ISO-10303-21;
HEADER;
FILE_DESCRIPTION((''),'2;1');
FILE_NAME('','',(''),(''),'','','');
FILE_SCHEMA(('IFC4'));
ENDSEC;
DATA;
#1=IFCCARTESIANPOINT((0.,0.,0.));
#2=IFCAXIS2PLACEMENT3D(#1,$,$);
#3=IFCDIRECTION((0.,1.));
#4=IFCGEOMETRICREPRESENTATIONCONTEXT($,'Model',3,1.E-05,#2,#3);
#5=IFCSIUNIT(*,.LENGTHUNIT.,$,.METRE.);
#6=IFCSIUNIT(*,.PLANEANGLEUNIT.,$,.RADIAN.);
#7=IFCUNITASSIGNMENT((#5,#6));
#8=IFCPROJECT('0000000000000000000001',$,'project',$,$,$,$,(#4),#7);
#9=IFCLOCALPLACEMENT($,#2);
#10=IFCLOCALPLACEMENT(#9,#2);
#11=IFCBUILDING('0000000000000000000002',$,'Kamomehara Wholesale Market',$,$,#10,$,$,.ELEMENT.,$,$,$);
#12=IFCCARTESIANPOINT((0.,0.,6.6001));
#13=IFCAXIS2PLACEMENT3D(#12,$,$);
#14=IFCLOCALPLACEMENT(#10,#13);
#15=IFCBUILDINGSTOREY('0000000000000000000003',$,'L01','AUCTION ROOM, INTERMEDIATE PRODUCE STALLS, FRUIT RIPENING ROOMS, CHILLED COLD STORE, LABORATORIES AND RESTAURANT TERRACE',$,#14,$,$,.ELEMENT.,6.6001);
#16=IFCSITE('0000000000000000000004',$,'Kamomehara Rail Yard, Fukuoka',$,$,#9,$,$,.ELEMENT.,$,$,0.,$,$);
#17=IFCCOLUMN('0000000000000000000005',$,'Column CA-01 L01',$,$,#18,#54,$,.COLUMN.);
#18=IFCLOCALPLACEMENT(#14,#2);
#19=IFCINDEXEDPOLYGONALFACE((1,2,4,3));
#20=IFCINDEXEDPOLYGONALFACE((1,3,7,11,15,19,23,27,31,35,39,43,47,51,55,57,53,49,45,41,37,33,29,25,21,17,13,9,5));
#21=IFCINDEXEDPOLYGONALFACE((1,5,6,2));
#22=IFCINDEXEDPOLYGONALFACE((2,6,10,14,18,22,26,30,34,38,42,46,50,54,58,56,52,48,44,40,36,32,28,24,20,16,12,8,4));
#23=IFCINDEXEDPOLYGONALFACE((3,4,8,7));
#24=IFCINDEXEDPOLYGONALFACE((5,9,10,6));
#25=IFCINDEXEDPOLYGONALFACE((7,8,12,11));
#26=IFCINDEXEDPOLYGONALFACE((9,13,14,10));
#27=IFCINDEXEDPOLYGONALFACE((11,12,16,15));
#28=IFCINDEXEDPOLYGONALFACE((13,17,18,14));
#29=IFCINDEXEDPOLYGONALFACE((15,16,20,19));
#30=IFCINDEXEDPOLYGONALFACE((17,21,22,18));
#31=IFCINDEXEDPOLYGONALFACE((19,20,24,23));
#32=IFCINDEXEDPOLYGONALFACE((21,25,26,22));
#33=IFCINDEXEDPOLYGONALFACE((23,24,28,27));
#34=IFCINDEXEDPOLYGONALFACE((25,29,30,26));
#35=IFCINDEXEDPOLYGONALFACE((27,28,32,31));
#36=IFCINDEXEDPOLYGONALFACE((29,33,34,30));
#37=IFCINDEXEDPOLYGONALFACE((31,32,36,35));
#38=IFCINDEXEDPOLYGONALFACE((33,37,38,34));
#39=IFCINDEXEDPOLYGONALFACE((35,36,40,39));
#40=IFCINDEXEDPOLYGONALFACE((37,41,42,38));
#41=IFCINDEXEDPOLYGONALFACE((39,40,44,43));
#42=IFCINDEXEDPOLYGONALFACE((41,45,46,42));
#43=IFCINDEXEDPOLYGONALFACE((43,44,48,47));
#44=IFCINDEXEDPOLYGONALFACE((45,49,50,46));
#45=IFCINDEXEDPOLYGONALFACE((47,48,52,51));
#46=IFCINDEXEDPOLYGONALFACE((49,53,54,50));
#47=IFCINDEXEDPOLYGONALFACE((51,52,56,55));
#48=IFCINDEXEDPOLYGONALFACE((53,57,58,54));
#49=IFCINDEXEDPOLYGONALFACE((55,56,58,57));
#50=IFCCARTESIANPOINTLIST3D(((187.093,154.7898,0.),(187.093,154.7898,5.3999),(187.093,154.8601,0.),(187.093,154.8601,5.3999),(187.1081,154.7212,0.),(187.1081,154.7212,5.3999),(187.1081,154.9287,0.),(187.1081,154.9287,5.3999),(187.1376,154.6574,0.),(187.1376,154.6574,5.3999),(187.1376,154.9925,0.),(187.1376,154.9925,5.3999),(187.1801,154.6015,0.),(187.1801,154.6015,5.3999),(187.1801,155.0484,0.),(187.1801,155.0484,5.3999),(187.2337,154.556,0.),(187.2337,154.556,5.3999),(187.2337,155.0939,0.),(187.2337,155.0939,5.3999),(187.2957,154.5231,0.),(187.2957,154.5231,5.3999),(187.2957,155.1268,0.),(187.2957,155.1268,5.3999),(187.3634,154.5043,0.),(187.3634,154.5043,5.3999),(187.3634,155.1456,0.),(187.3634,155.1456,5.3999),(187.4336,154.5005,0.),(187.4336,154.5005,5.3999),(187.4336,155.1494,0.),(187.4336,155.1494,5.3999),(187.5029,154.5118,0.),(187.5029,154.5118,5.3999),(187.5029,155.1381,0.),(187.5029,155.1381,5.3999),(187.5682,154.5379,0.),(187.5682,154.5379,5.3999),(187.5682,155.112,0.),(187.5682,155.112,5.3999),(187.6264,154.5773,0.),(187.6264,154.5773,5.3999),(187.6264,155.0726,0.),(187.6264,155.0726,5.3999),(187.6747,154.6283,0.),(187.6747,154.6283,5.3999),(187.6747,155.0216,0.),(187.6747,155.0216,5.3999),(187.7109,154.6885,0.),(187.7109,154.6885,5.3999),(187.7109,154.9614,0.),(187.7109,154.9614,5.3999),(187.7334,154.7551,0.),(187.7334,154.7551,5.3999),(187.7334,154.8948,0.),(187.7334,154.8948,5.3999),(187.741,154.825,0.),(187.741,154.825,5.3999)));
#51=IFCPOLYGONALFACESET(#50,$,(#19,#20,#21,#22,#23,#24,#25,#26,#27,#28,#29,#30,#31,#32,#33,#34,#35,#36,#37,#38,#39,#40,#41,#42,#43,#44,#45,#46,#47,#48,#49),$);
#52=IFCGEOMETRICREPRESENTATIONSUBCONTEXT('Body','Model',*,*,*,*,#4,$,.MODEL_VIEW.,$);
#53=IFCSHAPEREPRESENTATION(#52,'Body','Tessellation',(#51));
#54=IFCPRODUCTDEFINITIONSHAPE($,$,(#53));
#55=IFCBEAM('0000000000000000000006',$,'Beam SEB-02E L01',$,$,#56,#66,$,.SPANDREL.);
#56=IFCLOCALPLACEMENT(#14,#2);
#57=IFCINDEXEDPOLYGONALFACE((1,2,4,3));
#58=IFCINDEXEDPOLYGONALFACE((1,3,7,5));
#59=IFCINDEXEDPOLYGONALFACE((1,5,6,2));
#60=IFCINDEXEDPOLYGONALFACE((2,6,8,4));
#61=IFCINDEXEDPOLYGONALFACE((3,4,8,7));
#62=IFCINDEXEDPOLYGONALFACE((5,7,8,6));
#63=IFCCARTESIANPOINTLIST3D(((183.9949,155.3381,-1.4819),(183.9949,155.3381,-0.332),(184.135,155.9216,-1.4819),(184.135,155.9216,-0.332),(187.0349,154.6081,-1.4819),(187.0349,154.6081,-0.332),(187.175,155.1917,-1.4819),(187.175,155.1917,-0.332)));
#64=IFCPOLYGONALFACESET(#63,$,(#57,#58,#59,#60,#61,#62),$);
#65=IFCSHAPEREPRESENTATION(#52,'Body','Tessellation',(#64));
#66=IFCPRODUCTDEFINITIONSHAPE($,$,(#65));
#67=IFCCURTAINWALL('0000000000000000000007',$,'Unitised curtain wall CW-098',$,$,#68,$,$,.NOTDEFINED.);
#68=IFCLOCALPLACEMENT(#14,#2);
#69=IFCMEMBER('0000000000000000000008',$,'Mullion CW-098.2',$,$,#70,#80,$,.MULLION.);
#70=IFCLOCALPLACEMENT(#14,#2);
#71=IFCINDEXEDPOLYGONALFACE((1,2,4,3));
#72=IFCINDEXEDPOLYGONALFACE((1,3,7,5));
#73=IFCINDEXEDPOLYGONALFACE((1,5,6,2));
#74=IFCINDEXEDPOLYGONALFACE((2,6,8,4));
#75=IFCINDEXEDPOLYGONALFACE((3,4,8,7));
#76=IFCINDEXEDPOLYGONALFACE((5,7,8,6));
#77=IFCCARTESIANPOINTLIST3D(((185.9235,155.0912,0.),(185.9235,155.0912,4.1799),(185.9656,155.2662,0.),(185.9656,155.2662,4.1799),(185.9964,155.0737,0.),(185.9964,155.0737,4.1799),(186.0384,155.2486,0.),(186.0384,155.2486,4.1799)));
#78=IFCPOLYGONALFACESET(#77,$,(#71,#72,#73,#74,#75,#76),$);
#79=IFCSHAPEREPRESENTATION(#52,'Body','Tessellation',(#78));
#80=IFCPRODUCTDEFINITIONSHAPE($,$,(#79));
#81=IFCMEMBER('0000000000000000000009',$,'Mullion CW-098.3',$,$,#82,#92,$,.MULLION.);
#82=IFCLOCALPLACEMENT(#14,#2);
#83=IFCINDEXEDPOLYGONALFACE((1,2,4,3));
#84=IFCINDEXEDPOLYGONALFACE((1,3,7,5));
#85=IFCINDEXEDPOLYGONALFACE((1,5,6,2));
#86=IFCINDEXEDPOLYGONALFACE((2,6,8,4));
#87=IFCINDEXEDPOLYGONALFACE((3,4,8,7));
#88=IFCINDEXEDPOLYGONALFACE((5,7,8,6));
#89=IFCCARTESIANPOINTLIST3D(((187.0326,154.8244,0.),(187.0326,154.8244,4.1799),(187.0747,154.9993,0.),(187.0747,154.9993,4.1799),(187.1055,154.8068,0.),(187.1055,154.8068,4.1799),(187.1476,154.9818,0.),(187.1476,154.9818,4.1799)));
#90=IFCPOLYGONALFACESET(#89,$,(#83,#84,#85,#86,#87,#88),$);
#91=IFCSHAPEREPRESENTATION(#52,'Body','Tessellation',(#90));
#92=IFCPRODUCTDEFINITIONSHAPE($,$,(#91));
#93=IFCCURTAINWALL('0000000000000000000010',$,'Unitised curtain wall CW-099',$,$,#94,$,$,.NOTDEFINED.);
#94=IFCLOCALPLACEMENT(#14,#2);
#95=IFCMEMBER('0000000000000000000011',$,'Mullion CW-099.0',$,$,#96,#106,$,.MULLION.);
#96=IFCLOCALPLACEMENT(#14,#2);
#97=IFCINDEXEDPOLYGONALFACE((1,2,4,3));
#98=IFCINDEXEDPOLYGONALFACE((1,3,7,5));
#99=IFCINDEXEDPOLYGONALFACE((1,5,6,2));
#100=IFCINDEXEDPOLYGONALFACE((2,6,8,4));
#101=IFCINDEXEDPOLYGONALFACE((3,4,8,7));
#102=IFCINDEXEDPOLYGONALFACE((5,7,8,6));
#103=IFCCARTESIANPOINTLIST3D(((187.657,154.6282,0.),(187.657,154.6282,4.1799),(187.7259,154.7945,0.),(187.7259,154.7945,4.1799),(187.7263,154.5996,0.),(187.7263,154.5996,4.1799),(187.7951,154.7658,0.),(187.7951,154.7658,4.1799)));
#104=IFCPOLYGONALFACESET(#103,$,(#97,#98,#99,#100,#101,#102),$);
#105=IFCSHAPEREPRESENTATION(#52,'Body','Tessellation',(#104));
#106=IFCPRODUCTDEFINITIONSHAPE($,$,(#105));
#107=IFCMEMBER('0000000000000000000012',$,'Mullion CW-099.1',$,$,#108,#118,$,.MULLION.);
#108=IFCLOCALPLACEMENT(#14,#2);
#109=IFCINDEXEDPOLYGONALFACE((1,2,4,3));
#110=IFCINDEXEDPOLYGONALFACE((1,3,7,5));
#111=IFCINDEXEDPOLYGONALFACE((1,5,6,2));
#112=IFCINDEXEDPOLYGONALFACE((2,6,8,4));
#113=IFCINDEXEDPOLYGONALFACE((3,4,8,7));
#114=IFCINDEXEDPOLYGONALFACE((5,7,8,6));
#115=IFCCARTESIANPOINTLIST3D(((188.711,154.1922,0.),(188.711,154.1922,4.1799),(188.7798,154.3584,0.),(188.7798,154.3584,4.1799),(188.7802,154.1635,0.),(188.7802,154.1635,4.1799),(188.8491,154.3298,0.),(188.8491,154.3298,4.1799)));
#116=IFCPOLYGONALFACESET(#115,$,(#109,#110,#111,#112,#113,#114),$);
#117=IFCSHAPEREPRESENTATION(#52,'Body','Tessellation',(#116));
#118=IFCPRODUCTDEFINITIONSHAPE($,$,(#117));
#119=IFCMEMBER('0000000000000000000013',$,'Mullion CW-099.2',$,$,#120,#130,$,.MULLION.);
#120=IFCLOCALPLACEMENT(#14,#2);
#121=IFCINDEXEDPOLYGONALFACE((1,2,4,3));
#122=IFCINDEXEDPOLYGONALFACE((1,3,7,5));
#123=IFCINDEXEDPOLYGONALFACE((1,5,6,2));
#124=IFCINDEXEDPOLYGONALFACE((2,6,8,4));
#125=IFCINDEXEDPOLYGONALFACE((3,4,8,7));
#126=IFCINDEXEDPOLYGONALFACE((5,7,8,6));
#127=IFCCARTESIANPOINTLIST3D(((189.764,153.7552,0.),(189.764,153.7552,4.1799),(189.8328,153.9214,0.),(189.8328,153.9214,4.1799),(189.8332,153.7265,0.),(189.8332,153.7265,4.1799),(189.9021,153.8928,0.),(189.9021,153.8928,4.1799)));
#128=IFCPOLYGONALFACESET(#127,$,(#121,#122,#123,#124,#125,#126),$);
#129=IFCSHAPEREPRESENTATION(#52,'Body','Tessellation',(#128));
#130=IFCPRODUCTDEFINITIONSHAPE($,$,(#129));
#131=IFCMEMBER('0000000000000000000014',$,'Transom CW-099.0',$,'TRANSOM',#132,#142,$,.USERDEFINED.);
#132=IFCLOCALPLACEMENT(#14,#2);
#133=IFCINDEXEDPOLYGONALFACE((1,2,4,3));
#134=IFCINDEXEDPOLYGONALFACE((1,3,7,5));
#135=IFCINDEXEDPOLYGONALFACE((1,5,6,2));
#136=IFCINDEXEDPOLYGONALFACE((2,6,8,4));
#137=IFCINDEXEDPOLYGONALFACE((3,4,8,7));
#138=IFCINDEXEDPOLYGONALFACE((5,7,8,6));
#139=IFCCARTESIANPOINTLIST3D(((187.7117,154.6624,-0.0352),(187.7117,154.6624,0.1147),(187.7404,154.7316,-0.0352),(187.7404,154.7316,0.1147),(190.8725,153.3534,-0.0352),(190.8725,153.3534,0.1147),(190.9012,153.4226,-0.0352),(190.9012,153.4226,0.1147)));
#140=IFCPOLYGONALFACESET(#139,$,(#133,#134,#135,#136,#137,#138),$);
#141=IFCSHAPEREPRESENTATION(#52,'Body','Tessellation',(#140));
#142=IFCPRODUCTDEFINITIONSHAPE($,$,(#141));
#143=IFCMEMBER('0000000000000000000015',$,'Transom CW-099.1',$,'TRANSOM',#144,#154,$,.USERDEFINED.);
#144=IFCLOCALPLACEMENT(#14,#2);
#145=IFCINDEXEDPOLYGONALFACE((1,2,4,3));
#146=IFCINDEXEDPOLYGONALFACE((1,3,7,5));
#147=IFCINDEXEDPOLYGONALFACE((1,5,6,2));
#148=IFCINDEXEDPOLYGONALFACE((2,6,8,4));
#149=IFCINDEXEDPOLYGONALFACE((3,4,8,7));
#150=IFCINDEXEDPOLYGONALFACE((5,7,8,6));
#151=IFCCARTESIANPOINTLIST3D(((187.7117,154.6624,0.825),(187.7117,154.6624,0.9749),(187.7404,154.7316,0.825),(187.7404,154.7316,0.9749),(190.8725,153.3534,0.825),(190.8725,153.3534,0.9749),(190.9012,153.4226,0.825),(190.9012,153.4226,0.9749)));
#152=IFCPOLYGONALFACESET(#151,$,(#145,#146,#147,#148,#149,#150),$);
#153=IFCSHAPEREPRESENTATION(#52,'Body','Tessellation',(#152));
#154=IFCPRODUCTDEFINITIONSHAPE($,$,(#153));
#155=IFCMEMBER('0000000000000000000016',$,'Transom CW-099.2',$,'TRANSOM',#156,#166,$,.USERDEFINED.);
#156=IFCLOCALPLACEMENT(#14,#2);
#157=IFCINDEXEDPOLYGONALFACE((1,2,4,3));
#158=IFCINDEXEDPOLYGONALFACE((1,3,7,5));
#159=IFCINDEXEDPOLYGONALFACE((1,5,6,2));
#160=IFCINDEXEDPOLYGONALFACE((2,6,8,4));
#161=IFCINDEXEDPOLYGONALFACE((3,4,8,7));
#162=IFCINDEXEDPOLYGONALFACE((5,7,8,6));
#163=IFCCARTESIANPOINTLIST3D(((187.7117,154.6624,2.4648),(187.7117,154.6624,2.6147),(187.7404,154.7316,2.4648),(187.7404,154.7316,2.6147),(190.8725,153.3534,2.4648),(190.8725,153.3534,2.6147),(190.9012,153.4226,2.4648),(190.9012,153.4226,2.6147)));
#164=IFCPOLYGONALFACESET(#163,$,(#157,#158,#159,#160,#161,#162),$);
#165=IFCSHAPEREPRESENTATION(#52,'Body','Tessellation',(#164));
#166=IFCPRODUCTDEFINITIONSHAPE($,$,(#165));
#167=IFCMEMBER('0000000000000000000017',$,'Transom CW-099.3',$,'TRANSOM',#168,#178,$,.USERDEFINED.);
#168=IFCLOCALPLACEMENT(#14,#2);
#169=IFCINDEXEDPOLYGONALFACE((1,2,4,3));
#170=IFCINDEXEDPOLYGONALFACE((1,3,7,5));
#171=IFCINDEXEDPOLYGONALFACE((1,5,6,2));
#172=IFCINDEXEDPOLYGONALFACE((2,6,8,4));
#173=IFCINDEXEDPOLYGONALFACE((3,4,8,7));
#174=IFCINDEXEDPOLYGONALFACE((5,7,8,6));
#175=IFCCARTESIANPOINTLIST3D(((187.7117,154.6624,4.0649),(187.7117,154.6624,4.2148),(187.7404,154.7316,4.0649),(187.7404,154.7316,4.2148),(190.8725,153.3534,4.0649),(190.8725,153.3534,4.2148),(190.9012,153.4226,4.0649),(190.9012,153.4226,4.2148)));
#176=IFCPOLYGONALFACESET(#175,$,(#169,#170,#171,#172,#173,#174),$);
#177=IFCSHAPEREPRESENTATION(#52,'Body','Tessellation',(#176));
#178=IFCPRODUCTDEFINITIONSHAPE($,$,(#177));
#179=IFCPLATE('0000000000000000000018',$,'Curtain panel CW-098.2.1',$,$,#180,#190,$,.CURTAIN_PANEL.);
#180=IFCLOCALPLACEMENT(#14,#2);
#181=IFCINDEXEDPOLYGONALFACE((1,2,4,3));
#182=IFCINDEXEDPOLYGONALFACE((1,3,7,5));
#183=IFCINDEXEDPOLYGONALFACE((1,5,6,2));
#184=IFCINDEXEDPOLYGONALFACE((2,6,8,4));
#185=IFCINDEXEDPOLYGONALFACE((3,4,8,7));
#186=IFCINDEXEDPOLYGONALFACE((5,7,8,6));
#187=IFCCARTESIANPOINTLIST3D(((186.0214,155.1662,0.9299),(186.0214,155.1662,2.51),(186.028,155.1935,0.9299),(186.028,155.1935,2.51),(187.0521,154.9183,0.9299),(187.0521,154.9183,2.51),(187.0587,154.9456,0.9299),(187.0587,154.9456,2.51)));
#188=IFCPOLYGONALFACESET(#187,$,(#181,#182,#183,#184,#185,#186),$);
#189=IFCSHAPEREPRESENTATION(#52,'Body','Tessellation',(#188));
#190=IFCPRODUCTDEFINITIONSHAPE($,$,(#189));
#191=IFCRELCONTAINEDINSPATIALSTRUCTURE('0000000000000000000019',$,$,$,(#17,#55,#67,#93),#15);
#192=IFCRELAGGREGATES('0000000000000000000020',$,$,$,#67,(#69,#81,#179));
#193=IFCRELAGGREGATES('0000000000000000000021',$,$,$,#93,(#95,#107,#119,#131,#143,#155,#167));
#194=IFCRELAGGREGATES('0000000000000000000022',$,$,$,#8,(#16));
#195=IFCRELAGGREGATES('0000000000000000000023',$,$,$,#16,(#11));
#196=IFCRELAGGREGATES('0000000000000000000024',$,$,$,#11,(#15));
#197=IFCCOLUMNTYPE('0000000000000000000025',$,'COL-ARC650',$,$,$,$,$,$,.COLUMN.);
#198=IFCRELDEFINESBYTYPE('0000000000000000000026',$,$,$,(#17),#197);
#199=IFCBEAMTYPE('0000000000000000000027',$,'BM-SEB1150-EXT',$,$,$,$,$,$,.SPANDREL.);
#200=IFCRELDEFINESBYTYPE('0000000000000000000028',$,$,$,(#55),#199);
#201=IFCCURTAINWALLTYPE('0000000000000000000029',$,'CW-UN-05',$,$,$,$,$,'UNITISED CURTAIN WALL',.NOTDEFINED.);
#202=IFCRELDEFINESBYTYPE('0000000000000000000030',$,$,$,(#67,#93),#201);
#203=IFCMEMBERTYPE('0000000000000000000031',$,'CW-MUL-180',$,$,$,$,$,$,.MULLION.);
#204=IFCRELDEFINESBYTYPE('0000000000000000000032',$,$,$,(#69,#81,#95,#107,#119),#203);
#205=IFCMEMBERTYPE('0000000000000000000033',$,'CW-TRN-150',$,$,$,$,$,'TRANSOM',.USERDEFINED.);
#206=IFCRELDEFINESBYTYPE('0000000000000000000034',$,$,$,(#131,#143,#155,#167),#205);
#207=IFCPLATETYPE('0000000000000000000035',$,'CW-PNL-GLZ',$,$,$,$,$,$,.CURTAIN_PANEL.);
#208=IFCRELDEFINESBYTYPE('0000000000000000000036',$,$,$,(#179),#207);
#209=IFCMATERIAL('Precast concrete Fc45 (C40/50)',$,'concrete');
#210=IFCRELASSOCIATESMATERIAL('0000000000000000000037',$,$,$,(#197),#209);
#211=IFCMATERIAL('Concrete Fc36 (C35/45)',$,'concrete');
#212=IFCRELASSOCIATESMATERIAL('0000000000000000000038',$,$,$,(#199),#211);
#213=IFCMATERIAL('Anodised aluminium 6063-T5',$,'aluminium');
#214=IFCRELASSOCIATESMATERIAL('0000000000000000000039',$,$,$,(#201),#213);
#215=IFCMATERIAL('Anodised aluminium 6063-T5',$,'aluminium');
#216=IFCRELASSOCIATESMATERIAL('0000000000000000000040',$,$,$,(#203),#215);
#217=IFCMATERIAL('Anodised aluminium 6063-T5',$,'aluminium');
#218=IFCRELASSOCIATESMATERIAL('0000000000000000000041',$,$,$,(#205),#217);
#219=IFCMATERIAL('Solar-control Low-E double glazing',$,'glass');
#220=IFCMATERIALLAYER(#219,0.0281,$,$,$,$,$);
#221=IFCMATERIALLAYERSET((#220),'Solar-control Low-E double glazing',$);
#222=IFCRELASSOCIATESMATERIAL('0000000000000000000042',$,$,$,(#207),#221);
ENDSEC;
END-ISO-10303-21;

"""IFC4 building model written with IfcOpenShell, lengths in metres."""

from ifc_helpers import new_model, si_unit, direction, frame, origin, origin_2d, place, context, subcontext, project, spatial, rectangle, circle, extrude, material, layer, layer_set, material_profile, profile_set, type_object, element, aggregate, save


model = new_model("IFC4")

# Units and contexts
model_context = context("Model", 3, precision=1e-05, world=origin(), true_north=direction((0.0, 1.0)))
body_context = subcontext(model_context, "Body", "Model", "MODEL_VIEW")
ifc_project = project(units=[si_unit("LENGTHUNIT", "METRE"), si_unit("PLANEANGLEUNIT", "RADIAN")], contexts=[model_context])

# Site, building, storey
site_placement = place(None, origin())
site = spatial("IfcSite", under=ifc_project, at=site_placement, Name="Kamomehara Rail Yard, Fukuoka", CompositionType="ELEMENT", RefElevation=0.0)
building_placement = place(site_placement, origin())
building = spatial("IfcBuilding", under=site, at=building_placement, Name="Kamomehara Wholesale Market", CompositionType="ELEMENT")
storey_placement = place(building_placement, frame((0.0, 0.0, 6.6001)))
storey = spatial("IfcBuildingStorey", under=building, at=storey_placement, Name="L01", Description="AUCTION ROOM, INTERMEDIATE PRODUCE STALLS, FRUIT RIPENING ROOMS, CHILLED COLD STORE, LABORATORIES AND RESTAURANT TERRACE", CompositionType="ELEMENT", Elevation=6.6001)

# Column
ifc_material_1 = material(Name="Precast concrete Fc45 (C40/50)", Category="concrete")
ifc_material_profile_1 = material_profile(ifc_material_1, circle(Radius=0.325, at=origin_2d()), Name="PC-ARC-D650")
ifc_profile_set_1 = profile_set([ifc_material_profile_1], Name="Precast concrete Fc45 (C40/50)")
column_type = type_object("IfcColumnType", Name="COL-ARC650", PredefinedType="COLUMN", material=ifc_profile_set_1)
column_placement = place(storey_placement, frame((187.416, 154.825, 0.0), z_axis=(0.0, 0.0, 1.0), x_axis=(1.0, 0.0, 0.0)))
element("IfcColumn", 1, at=column_placement, inside=storey, type_object=column_type, Name="Column CA-01 L01", PredefinedType="COLUMN", context=body_context, shape_type="SweptSolid", body=[
    extrude(circle(Radius=0.325, at=origin_2d()), origin(), (0.0, 0.0, 1.0), 5.3999),
])

# Beam
ifc_material_2 = material(Name="Concrete Fc36 (C35/45)", Category="concrete")
ifc_material_profile_2 = material_profile(ifc_material_2, rectangle(XDim=0.6001, YDim=1.1499, at=origin_2d()), Name="RC-SEB-600x1150")
ifc_profile_set_2 = profile_set([ifc_material_profile_2], Name="Concrete Fc36 (C35/45)")
beam_type = type_object("IfcBeamType", Name="BM-SEB1150-EXT", PredefinedType="SPANDREL", material=ifc_profile_set_2)
beam_placement = place(storey_placement, frame((187.105, 154.8999, -0.907), z_axis=(-0.97236, 0.233485, 0.0), x_axis=(-0.233485, -0.97236, 0.0)))
element("IfcBeam", 2, at=beam_placement, inside=storey, type_object=beam_type, Name="Beam SEB-02E L01", PredefinedType="SPANDREL", context=body_context, shape_type="SweptSolid", body=[
    extrude(rectangle(XDim=0.6001, YDim=1.1499, at=origin_2d()), origin(), (0.0, 0.0, 1.0), 3.1265),
])

# Curtain walls, members
ifc_material_3 = material(Name="Anodised aluminium 6063-T5", Category="aluminium")
curtain_wall_type = type_object("IfcCurtainWallType", Name="CW-UN-05", ElementType="UNITISED CURTAIN WALL", PredefinedType="NOTDEFINED", material=ifc_material_3)
curtain_wall_1_placement = place(storey_placement, origin())
curtain_wall_1 = element("IfcCurtainWall", 3, at=curtain_wall_1_placement, inside=storey, type_object=curtain_wall_type, Name="Unitised curtain wall CW-098", PredefinedType="NOTDEFINED")
ifc_material_4 = material(Name="Anodised aluminium 6063-T5", Category="aluminium")
ifc_material_profile_3 = material_profile(ifc_material_4, rectangle(XDim=0.075, YDim=0.1799, at=origin_2d()), Name="ALU-MUL-75x180")
ifc_profile_set_3 = profile_set([ifc_material_profile_3], Name="Anodised aluminium 6063-T5")
member_type_1 = type_object("IfcMemberType", Name="CW-MUL-180", PredefinedType="MULLION", material=ifc_profile_set_3)
member_1_placement = place(storey_placement, frame((185.981, 155.1699, 0.0), z_axis=(0.0, 0.0, 1.0), x_axis=(0.97227, -0.233859, 0.0)))
member_1 = element("IfcMember", 4, at=member_1_placement, type_object=member_type_1, Name="Mullion CW-098.2", PredefinedType="MULLION", context=body_context, shape_type="SweptSolid", body=[
    extrude(rectangle(XDim=0.075, YDim=0.1799, at=origin_2d()), origin(), (0.0, 0.0, 1.0), 4.1799),
])
member_2_placement = place(storey_placement, frame((187.0901, 154.9031, 0.0), z_axis=(0.0, 0.0, 1.0), x_axis=(0.97227, -0.233859, 0.0)))
member_2 = element("IfcMember", 5, at=member_2_placement, type_object=member_type_1, Name="Mullion CW-098.3", PredefinedType="MULLION", context=body_context, shape_type="SweptSolid", body=[
    extrude(rectangle(XDim=0.075, YDim=0.1799, at=origin_2d()), origin(), (0.0, 0.0, 1.0), 4.1799),
])
curtain_wall_2_placement = place(storey_placement, origin())
curtain_wall_2 = element("IfcCurtainWall", 6, at=curtain_wall_2_placement, inside=storey, type_object=curtain_wall_type, Name="Unitised curtain wall CW-099", PredefinedType="NOTDEFINED")
member_3_placement = place(storey_placement, frame((187.7261, 154.697, 0.0), z_axis=(0.0, 0.0, 1.0), x_axis=(0.923914, -0.382601, 0.0)))
member_3 = element("IfcMember", 7, at=member_3_placement, type_object=member_type_1, Name="Mullion CW-099.0", PredefinedType="MULLION", context=body_context, shape_type="SweptSolid", body=[
    extrude(rectangle(XDim=0.075, YDim=0.1799, at=origin_2d()), origin(), (0.0, 0.0, 1.0), 4.1799),
])
member_4_placement = place(storey_placement, frame((188.78, 154.261, 0.0), z_axis=(0.0, 0.0, 1.0), x_axis=(0.923914, -0.382601, 0.0)))
member_4 = element("IfcMember", 8, at=member_4_placement, type_object=member_type_1, Name="Mullion CW-099.1", PredefinedType="MULLION", context=body_context, shape_type="SweptSolid", body=[
    extrude(rectangle(XDim=0.075, YDim=0.1799, at=origin_2d()), origin(), (0.0, 0.0, 1.0), 4.1799),
])
member_5_placement = place(storey_placement, frame((189.833, 153.824, 0.0), z_axis=(0.0, 0.0, 1.0), x_axis=(0.923914, -0.382601, 0.0)))
member_5 = element("IfcMember", 9, at=member_5_placement, type_object=member_type_1, Name="Mullion CW-099.2", PredefinedType="MULLION", context=body_context, shape_type="SweptSolid", body=[
    extrude(rectangle(XDim=0.075, YDim=0.1799, at=origin_2d()), origin(), (0.0, 0.0, 1.0), 4.1799),
])
ifc_material_5 = material(Name="Anodised aluminium 6063-T5", Category="aluminium")
ifc_material_profile_4 = material_profile(ifc_material_5, rectangle(XDim=0.075, YDim=0.1499, at=origin_2d()), Name="ALU-TRN-75x150")
ifc_profile_set_4 = profile_set([ifc_material_profile_4], Name="Anodised aluminium 6063-T5")
member_type_2 = type_object("IfcMemberType", Name="CW-TRN-150", ElementType="TRANSOM", PredefinedType="USERDEFINED", material=ifc_profile_set_4)
member_6_placement = place(storey_placement, frame((187.7261, 154.697, 0.0398), z_axis=(0.9239, -0.382633, 0.0), x_axis=(0.382633, 0.9239, 0.0)))
member_6 = element("IfcMember", 10, at=member_6_placement, type_object=member_type_2, Name="Transom CW-099.0", ObjectType="TRANSOM", PredefinedType="USERDEFINED", context=body_context, shape_type="SweptSolid", body=[
    extrude(rectangle(XDim=0.075, YDim=0.1499, at=origin_2d()), origin(), (0.0, 0.0, 1.0), 3.4211),
])
member_7_placement = place(storey_placement, frame((187.7261, 154.697, 0.8999), z_axis=(0.9239, -0.382633, 0.0), x_axis=(0.382633, 0.9239, 0.0)))
member_7 = element("IfcMember", 11, at=member_7_placement, type_object=member_type_2, Name="Transom CW-099.1", ObjectType="TRANSOM", PredefinedType="USERDEFINED", context=body_context, shape_type="SweptSolid", body=[
    extrude(rectangle(XDim=0.075, YDim=0.1499, at=origin_2d()), origin(), (0.0, 0.0, 1.0), 3.4211),
])
member_8_placement = place(storey_placement, frame((187.7261, 154.697, 2.5398), z_axis=(0.9239, -0.382633, 0.0), x_axis=(0.382633, 0.9239, 0.0)))
member_8 = element("IfcMember", 12, at=member_8_placement, type_object=member_type_2, Name="Transom CW-099.2", ObjectType="TRANSOM", PredefinedType="USERDEFINED", context=body_context, shape_type="SweptSolid", body=[
    extrude(rectangle(XDim=0.075, YDim=0.1499, at=origin_2d()), origin(), (0.0, 0.0, 1.0), 3.4211),
])
member_9_placement = place(storey_placement, frame((187.7261, 154.697, 4.1399), z_axis=(0.9239, -0.382633, 0.0), x_axis=(0.382633, 0.9239, 0.0)))
member_9 = element("IfcMember", 13, at=member_9_placement, type_object=member_type_2, Name="Transom CW-099.3", ObjectType="TRANSOM", PredefinedType="USERDEFINED", context=body_context, shape_type="SweptSolid", body=[
    extrude(rectangle(XDim=0.075, YDim=0.1499, at=origin_2d()), origin(), (0.0, 0.0, 1.0), 3.4211),
])

# Plate
ifc_material_6 = material(Name="Solar-control Low-E double glazing", Category="glass")
ifc_layer_1 = layer(ifc_material_6, 0.0281)
ifc_layer_set_1 = layer_set([ifc_layer_1], Name="Solar-control Low-E double glazing")
plate_type_1 = type_object("IfcPlateType", Name="CW-PNL-GLZ", PredefinedType="CURTAIN_PANEL", material=ifc_layer_set_1)
plate_1_placement = place(storey_placement, frame((186.54, 155.0559, 0.9299), z_axis=(0.0, 0.0, 1.0), x_axis=(0.972272, -0.233853, 0.0)))
plate_1 = element("IfcPlate", 14, at=plate_1_placement, type_object=plate_type_1, Name="Curtain panel CW-098.2.1", PredefinedType="CURTAIN_PANEL", context=body_context, shape_type="SweptSolid", body=[
    extrude(rectangle(XDim=1.0601, YDim=0.0281, at=origin_2d()), origin(), (0.0, 0.0, 1.0), 1.5801),
])
aggregate(curtain_wall_1, [member_1, member_2, plate_1])
aggregate(curtain_wall_2, [member_3, member_4, member_5, member_6, member_7, member_8, member_9])

save(model, "model.ifc")
